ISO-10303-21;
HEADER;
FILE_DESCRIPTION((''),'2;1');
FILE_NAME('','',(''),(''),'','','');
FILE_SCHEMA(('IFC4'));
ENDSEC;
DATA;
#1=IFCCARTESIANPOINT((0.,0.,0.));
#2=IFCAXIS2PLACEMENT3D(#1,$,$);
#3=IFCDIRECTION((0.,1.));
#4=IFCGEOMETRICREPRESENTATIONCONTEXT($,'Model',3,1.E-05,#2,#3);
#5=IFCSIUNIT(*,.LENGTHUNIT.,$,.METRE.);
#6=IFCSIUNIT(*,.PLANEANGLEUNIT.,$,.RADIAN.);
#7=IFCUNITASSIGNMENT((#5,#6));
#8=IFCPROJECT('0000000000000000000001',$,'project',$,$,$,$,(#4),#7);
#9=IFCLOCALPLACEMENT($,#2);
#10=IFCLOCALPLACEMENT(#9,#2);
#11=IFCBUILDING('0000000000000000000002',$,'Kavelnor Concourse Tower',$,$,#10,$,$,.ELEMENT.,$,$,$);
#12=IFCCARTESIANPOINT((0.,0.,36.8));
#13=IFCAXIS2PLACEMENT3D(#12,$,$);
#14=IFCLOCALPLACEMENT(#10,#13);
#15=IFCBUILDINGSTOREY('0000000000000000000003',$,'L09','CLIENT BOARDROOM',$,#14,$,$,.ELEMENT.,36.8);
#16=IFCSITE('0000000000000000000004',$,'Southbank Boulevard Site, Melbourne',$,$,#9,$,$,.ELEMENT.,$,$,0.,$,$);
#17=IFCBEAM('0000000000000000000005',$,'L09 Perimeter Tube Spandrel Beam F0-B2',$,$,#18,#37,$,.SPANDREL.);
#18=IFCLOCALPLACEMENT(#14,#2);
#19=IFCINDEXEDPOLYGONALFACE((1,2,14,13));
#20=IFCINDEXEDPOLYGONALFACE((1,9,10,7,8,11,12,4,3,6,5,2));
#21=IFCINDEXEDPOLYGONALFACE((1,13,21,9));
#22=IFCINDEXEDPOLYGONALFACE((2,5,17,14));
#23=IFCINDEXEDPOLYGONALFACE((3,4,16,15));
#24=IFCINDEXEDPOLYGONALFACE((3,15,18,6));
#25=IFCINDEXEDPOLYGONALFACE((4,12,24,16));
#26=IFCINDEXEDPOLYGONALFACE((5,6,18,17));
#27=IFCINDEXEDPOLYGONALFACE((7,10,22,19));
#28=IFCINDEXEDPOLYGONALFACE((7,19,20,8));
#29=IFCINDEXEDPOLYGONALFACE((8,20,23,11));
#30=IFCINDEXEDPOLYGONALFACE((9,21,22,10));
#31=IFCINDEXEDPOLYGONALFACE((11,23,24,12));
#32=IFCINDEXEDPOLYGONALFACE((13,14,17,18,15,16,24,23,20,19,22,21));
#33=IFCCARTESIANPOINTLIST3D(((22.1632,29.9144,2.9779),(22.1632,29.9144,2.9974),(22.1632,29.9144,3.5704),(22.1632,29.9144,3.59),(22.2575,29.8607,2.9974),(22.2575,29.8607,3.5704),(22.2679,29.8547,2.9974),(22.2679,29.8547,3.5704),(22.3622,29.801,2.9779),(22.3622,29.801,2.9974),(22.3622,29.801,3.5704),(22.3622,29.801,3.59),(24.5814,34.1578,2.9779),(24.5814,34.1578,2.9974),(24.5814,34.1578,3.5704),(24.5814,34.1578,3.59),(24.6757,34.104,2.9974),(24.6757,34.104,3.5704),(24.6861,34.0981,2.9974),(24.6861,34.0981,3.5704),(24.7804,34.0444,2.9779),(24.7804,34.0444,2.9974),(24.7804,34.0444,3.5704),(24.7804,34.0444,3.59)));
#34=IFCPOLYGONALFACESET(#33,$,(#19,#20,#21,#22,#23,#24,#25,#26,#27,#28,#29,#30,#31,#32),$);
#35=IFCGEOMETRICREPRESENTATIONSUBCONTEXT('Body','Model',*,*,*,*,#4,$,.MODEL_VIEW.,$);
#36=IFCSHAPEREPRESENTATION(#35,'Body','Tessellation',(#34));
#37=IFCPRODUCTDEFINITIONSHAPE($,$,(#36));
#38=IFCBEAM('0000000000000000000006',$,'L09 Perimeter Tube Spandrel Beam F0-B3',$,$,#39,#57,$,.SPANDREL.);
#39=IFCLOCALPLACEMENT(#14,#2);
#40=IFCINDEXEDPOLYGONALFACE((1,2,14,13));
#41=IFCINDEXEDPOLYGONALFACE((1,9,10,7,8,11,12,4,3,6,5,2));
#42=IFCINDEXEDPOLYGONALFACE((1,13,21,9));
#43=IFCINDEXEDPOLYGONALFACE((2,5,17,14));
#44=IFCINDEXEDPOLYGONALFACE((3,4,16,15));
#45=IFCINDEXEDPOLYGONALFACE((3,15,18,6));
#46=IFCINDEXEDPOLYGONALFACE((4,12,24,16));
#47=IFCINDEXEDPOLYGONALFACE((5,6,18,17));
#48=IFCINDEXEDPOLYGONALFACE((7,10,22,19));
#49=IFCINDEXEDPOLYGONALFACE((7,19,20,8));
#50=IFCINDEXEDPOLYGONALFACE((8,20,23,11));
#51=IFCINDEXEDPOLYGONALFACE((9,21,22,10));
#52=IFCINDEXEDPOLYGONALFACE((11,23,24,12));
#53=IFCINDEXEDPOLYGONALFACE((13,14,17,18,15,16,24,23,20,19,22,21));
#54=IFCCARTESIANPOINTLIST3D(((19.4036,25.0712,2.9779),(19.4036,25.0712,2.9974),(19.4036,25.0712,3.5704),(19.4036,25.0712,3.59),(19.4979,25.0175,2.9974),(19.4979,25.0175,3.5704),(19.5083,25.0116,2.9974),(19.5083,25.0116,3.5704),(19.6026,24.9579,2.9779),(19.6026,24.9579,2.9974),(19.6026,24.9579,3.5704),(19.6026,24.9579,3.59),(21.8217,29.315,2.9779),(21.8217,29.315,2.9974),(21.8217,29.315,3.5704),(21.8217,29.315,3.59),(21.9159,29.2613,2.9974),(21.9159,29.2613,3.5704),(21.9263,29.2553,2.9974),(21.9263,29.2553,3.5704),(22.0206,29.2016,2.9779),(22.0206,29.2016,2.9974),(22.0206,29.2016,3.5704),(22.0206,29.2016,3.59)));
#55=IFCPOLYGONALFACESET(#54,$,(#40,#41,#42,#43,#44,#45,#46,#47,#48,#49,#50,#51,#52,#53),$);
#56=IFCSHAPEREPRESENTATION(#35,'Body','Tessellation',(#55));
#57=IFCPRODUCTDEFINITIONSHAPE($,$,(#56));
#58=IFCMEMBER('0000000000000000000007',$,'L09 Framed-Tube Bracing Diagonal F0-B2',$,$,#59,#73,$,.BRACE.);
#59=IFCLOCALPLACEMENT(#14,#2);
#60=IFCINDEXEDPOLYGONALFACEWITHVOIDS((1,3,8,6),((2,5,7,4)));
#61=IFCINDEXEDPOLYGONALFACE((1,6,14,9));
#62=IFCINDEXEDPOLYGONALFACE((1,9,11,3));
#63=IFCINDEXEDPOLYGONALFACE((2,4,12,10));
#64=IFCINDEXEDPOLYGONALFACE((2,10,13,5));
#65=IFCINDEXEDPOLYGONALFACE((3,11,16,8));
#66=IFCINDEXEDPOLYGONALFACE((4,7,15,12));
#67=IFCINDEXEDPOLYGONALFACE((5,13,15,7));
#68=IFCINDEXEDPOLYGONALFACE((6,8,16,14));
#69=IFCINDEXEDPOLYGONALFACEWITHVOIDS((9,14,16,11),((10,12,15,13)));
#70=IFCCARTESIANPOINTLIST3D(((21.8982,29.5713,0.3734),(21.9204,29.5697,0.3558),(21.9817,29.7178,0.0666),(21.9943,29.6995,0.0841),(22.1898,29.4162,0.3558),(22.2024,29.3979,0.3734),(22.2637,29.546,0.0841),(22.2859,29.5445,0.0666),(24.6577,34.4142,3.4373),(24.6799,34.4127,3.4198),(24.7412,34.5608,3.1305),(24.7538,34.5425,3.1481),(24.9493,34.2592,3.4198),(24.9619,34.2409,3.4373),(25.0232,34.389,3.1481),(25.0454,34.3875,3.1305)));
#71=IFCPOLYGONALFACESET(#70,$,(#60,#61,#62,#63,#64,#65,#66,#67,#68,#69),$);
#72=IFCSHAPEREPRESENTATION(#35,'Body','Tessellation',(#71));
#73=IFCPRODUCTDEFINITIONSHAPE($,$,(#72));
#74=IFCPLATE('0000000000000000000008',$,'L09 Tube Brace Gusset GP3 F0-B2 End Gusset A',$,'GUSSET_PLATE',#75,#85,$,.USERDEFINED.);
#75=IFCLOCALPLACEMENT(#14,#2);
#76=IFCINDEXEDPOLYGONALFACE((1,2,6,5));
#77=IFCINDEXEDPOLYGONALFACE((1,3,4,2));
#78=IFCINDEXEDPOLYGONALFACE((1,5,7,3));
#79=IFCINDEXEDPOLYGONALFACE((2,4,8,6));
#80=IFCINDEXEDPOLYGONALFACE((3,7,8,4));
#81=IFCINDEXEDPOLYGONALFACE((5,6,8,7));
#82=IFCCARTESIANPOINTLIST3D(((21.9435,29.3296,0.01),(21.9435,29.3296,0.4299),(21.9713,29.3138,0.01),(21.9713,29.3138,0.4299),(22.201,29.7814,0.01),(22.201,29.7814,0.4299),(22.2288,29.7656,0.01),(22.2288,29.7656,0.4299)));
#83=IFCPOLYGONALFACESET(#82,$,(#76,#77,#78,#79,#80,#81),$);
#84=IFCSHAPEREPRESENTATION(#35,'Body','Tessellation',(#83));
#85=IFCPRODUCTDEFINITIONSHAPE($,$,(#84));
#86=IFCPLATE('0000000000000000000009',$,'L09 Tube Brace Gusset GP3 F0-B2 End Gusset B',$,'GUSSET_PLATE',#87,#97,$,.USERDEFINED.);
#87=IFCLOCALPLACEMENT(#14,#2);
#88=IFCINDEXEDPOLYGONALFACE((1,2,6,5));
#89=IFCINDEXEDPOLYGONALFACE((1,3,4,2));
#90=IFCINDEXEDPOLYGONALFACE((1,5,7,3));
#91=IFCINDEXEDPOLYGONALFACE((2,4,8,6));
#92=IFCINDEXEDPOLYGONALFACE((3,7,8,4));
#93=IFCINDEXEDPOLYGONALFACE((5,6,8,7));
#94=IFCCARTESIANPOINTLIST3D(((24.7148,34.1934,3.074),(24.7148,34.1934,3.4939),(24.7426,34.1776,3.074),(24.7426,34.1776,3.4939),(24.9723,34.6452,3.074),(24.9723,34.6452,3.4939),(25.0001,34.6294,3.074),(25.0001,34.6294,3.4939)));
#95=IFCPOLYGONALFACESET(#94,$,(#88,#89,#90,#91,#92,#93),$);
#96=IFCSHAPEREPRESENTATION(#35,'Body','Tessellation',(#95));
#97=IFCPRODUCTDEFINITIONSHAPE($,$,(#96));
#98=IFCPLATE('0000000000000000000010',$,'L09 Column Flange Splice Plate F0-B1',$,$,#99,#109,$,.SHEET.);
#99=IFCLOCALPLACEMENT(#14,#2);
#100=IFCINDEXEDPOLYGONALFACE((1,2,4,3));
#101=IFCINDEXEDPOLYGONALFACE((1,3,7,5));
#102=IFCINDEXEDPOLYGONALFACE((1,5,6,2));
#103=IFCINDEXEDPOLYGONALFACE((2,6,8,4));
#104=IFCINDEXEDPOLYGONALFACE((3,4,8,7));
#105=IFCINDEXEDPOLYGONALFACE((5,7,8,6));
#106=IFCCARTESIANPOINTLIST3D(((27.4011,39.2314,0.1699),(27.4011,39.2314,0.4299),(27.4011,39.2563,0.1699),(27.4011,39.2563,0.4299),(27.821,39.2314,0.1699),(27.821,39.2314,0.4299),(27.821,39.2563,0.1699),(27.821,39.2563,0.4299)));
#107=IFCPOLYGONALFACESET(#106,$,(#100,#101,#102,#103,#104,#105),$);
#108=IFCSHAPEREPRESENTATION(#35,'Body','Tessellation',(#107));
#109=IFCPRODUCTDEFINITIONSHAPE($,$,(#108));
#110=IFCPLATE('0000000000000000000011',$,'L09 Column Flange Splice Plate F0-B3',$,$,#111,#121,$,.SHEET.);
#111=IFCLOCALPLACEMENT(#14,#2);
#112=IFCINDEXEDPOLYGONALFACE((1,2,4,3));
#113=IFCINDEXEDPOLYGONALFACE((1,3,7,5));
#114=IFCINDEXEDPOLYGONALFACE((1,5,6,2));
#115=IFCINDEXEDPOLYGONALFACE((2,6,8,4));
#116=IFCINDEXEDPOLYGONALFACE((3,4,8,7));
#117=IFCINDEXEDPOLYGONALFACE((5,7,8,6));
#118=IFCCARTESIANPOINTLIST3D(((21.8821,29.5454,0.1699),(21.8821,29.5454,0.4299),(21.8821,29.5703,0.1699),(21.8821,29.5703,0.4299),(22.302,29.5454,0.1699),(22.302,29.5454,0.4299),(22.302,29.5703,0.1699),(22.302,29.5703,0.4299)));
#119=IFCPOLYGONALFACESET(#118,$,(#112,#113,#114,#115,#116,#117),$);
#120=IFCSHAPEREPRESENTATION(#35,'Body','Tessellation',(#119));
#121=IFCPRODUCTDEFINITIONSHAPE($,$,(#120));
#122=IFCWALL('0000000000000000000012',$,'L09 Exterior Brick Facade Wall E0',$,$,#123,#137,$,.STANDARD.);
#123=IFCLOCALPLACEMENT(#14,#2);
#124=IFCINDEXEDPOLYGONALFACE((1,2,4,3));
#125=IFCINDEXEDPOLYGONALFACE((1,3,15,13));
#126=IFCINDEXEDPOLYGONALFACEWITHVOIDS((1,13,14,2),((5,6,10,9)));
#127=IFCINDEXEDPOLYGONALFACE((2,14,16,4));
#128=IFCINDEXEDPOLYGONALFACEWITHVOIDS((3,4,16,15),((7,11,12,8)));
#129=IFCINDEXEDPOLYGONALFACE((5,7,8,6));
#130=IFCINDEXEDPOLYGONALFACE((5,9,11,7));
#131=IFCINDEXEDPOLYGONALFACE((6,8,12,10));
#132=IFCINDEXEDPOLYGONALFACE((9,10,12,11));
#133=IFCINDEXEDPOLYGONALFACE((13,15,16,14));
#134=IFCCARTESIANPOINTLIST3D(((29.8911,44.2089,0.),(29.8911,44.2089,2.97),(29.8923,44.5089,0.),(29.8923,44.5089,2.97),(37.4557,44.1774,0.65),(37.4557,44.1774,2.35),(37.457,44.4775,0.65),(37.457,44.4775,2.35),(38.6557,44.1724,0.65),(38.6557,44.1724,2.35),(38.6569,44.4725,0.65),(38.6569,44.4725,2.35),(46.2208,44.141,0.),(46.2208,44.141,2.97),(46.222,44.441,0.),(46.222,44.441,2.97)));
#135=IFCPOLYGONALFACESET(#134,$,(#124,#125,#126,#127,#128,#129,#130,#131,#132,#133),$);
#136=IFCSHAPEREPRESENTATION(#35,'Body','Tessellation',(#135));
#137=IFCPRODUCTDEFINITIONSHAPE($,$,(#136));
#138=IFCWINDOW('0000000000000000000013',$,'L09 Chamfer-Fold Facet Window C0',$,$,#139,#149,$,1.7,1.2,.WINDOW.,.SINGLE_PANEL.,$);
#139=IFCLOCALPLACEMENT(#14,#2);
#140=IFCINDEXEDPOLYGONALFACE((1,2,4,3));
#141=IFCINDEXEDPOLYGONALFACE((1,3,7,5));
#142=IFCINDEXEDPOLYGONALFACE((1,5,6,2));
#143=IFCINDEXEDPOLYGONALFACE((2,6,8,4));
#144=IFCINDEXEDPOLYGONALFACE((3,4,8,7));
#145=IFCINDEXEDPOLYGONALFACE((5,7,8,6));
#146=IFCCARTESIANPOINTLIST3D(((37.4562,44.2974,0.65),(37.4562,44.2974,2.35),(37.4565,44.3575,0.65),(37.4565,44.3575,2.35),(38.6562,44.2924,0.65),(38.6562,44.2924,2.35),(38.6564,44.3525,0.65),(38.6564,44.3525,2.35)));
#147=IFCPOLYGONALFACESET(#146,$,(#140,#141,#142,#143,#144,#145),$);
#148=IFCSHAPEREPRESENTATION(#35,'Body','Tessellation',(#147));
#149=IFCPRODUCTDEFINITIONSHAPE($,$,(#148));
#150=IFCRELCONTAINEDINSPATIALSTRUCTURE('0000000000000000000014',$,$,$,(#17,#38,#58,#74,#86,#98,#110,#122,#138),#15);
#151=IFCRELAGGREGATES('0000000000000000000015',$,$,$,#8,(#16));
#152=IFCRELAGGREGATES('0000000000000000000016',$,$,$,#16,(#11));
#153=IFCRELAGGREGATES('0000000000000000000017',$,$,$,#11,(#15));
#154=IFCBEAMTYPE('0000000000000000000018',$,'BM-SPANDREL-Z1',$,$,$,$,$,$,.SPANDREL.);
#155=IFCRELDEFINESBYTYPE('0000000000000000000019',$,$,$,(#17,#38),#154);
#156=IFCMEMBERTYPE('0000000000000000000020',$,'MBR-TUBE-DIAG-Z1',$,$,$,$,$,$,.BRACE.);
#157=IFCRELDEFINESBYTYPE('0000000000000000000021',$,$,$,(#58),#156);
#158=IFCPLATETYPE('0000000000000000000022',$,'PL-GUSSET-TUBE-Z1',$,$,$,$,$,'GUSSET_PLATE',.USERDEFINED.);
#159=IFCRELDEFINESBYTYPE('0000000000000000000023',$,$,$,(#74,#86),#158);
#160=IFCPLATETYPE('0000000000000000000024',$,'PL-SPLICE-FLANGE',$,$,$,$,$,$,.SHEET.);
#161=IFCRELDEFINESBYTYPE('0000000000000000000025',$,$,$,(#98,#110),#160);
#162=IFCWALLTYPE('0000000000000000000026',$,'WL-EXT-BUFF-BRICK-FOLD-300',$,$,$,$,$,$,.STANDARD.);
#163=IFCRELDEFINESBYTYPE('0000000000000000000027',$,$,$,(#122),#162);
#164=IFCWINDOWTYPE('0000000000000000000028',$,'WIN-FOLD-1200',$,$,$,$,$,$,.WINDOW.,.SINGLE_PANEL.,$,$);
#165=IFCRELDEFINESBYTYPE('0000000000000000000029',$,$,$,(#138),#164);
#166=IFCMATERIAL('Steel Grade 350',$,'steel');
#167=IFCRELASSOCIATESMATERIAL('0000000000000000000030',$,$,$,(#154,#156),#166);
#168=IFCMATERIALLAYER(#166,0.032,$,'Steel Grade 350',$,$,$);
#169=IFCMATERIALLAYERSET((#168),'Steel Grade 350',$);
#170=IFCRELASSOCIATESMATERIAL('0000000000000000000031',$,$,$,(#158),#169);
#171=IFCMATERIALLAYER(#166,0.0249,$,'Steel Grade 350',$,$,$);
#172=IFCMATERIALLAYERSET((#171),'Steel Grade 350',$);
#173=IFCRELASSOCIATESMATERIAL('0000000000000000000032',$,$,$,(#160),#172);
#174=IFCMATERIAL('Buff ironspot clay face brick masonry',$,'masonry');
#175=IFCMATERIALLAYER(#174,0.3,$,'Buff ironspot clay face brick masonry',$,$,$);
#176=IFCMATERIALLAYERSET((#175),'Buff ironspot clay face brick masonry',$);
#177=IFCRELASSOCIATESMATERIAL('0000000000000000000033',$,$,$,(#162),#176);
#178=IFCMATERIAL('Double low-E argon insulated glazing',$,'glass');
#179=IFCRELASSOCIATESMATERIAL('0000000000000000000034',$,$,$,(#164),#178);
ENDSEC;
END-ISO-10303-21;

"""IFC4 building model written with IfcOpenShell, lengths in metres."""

from ifc_helpers import new_model, si_unit, direction, frame, frame_2d, origin, origin_2d, place, context, subcontext, project, spatial, rectangle, hollow_rectangle, i_section, extrude, material, layer, layer_set, material_profile, profile_set, type_object, element, fill, save


model = new_model("IFC4")

# Units and contexts
model_context = context("Model", 3, precision=1e-05, world=origin(), true_north=direction((0.0, 1.0)))
body_context = subcontext(model_context, "Body", "Model", "MODEL_VIEW")
ifc_project = project(units=[si_unit("LENGTHUNIT", "METRE"), si_unit("PLANEANGLEUNIT", "RADIAN")], contexts=[model_context])

# Site, building, storey
site_placement = place(None, origin())
site = spatial("IfcSite", under=ifc_project, at=site_placement, Name="Southbank Boulevard Site, Melbourne", CompositionType="ELEMENT", RefElevation=0.0)
building_placement = place(site_placement, origin())
building = spatial("IfcBuilding", under=site, at=building_placement, Name="Kavelnor Concourse Tower", CompositionType="ELEMENT")
storey_placement = place(building_placement, frame((0.0, 0.0, 36.8)))
storey = spatial("IfcBuildingStorey", under=building, at=storey_placement, Name="L09", Description="CLIENT BOARDROOM", CompositionType="ELEMENT", Elevation=36.8)

# Shared definitions
ifc_material_1 = material(Name="Steel Grade 350", Category="steel")

# Beams
ifc_material_profile_1 = material_profile(ifc_material_1, i_section(OverallWidth=0.229, OverallDepth=0.6121, WebThickness=0.012, FlangeThickness=0.0195, at=origin_2d()), Name="610UB125")
ifc_profile_set_1 = profile_set([ifc_material_profile_1], Name="Steel Grade 350")
beam_type_1 = type_object("IfcBeamType", Name="BM-SPANDREL-Z1", PredefinedType="SPANDREL", material=ifc_profile_set_1)
for number, where, z_axis, x_axis, name in (
    (1, (24.6809, 34.1011, 3.2839), (-0.495121, -0.868824, 0.0), (0.868824, -0.495121, 0.0), "L09 Perimeter Tube Spandrel Beam F0-B2"),
):
    element("IfcBeam", number, at=place(storey_placement, frame(where, z_axis=z_axis, x_axis=x_axis)), inside=storey, type_object=beam_type_1, Name=name, PredefinedType="SPANDREL", context=body_context, shape_type="SweptSolid", body=[
        extrude(i_section(OverallWidth=0.229, OverallDepth=0.6121, WebThickness=0.012, FlangeThickness=0.0195, at=origin_2d()), origin(), (0.0, 0.0, 1.0), 4.884),
    ])
beam_1_placement = place(storey_placement, frame((21.9211, 29.2583, 3.2839), z_axis=(-0.495062, -0.868858, 0.0), x_axis=(0.868858, -0.495062, 0.0)))
element("IfcBeam", 2, at=beam_1_placement, inside=storey, type_object=beam_type_1, Name="L09 Perimeter Tube Spandrel Beam F0-B3", PredefinedType="SPANDREL", context=body_context, shape_type="SweptSolid", body=[
    extrude(i_section(OverallWidth=0.229, OverallDepth=0.6121, WebThickness=0.012, FlangeThickness=0.0195, at=origin_2d()), origin(), (0.0, 0.0, 1.0), 4.8843),
])

# Member
ifc_material_profile_2 = material_profile(ifc_material_1, hollow_rectangle(XDim=0.3501, YDim=0.3501, WallThickness=0.02, at=origin_2d()), Name="SHS 350x350x20")
ifc_profile_set_2 = profile_set([ifc_material_profile_2], Name="Steel Grade 350")
member_type = type_object("IfcMemberType", Name="MBR-TUBE-DIAG-Z1", PredefinedType="BRACE", material=ifc_profile_set_2)
member_placement = place(storey_placement, frame((22.092, 29.5579, 0.22), z_axis=(0.433844, 0.761405, 0.481707), x_axis=(-0.868854, 0.495068, 0.0)))
element("IfcMember", 3, at=member_placement, inside=storey, type_object=member_type, Name="L09 Framed-Tube Bracing Diagonal F0-B2", PredefinedType="BRACE", context=body_context, shape_type="SweptSolid", body=[
    extrude(hollow_rectangle(XDim=0.3501, YDim=0.3501, WallThickness=0.02, at=origin_2d()), origin(), (0.0, 0.0, 1.0), 6.3606),
])

# Plates
ifc_layer_1 = layer(ifc_material_1, 0.032, Name="Steel Grade 350")
ifc_layer_set_1 = layer_set([ifc_layer_1], Name="Steel Grade 350")
plate_type_1 = type_object("IfcPlateType", Name="PL-GUSSET-TUBE-Z1", ElementType="GUSSET_PLATE", PredefinedType="USERDEFINED", material=ifc_layer_set_1)
for number, where, z_axis, x_axis, name in (
    (4, (22.0862, 29.5476, 0.01), (0.0, 0.0, 1.0), (0.495155, 0.868804, 0.0), "L09 Tube Brace Gusset GP3 F0-B2 End Gusset A"),
    (5, (24.8574, 34.4114, 3.074), (0.0, 0.0, 1.0), (0.495155, 0.868804, 0.0), "L09 Tube Brace Gusset GP3 F0-B2 End Gusset B"),
):
    element("IfcPlate", number, at=place(storey_placement, frame(where, z_axis=z_axis, x_axis=x_axis)), inside=storey, type_object=plate_type_1, Name=name, ObjectType="GUSSET_PLATE", PredefinedType="USERDEFINED", context=body_context, shape_type="SweptSolid", body=[
        extrude(rectangle(XDim=0.52, YDim=0.032, at=origin_2d()), origin(), (0.0, 0.0, 1.0), 0.4199),
    ])
ifc_layer_2 = layer(ifc_material_1, 0.0249, Name="Steel Grade 350")
ifc_layer_set_2 = layer_set([ifc_layer_2], Name="Steel Grade 350")
plate_type_2 = type_object("IfcPlateType", Name="PL-SPLICE-FLANGE", PredefinedType="SHEET", material=ifc_layer_set_2)
for number, where, z_axis, x_axis, name in (
    (6, (27.6111, 39.2439, 0.1699), (0.0, 0.0, 1.0), (1.0, 0.0, 0.0), "L09 Column Flange Splice Plate F0-B1"),
    (7, (22.092, 29.5579, 0.1699), (0.0, 0.0, 1.0), (1.0, 0.0, 0.0), "L09 Column Flange Splice Plate F0-B3"),
):
    element("IfcPlate", number, at=place(storey_placement, frame(where, z_axis=z_axis, x_axis=x_axis)), inside=storey, type_object=plate_type_2, Name=name, PredefinedType="SHEET", context=body_context, shape_type="SweptSolid", body=[
        extrude(rectangle(XDim=0.4199, YDim=0.0249, at=origin_2d()), origin(), (0.0, 0.0, 1.0), 0.26),
    ])

# Wall, opening, window
ifc_material_2 = material(Name="Buff ironspot clay face brick masonry", Category="masonry")
ifc_layer_3 = layer(ifc_material_2, 0.3, Name="Buff ironspot clay face brick masonry")
ifc_layer_set_3 = layer_set([ifc_layer_3], Name="Buff ironspot clay face brick masonry")
wall_type_1 = type_object("IfcWallType", Name="WL-EXT-BUFF-BRICK-FOLD-300", PredefinedType="STANDARD", material=ifc_layer_set_3)
wall_1_placement = place(storey_placement, frame((29.8916, 44.3589, 0.0), z_axis=(0.0, 0.0, 1.0), x_axis=(0.999991, -0.004156, 0.0)))
wall_1 = element("IfcWall", 8, at=wall_1_placement, inside=storey, type_object=wall_type_1, Name="L09 Exterior Brick Facade Wall E0", PredefinedType="STANDARD", context=body_context, shape_type="SweptSolid", body=[
    extrude(rectangle(XDim=16.3298, YDim=0.3, at=frame_2d((8.165, 0.0))), origin(), (0.0, 0.0, 1.0), 2.97),
])
opening_1_placement = place(wall_1_placement, frame((7.5647, 0.0, 0.6499)))
opening_1 = element("IfcOpeningElement", 9, at=opening_1_placement, cuts=wall_1, PredefinedType="OPENING", context=body_context, shape_type="SweptSolid", body=[
    extrude(rectangle(XDim=1.2, YDim=1.7, at=frame_2d((0.6001, 0.8501))), frame((0.0, 0.1602, 0.0), z_axis=(0.0, -1.0, 0.0), x_axis=(1.0, 0.0, 0.0)), (0.0, 0.0, 1.0), 0.3201),
])
ifc_material_3 = material(Name="Double low-E argon insulated glazing", Category="glass")
window_type = type_object("IfcWindowType", Name="WIN-FOLD-1200", PartitioningType="SINGLE_PANEL", PredefinedType="WINDOW", material=ifc_material_3)
window_placement = place(opening_1_placement, origin())
window = element("IfcWindow", 10, at=window_placement, inside=storey, type_object=window_type, Name="L09 Chamfer-Fold Facet Window C0", OverallHeight=1.7, OverallWidth=1.2, PartitioningType="SINGLE_PANEL", PredefinedType="WINDOW", context=body_context, shape_type="SweptSolid", body=[
    extrude(rectangle(XDim=1.2, YDim=1.7, at=frame_2d((0.6001, 0.8501))), frame((0.0, 0.03, 0.0), z_axis=(0.0, -1.0, 0.0), x_axis=(1.0, 0.0, 0.0)), (0.0, 0.0, 1.0), 0.0601),
])
fill(opening_1, window)

save(model, "model.ifc")
